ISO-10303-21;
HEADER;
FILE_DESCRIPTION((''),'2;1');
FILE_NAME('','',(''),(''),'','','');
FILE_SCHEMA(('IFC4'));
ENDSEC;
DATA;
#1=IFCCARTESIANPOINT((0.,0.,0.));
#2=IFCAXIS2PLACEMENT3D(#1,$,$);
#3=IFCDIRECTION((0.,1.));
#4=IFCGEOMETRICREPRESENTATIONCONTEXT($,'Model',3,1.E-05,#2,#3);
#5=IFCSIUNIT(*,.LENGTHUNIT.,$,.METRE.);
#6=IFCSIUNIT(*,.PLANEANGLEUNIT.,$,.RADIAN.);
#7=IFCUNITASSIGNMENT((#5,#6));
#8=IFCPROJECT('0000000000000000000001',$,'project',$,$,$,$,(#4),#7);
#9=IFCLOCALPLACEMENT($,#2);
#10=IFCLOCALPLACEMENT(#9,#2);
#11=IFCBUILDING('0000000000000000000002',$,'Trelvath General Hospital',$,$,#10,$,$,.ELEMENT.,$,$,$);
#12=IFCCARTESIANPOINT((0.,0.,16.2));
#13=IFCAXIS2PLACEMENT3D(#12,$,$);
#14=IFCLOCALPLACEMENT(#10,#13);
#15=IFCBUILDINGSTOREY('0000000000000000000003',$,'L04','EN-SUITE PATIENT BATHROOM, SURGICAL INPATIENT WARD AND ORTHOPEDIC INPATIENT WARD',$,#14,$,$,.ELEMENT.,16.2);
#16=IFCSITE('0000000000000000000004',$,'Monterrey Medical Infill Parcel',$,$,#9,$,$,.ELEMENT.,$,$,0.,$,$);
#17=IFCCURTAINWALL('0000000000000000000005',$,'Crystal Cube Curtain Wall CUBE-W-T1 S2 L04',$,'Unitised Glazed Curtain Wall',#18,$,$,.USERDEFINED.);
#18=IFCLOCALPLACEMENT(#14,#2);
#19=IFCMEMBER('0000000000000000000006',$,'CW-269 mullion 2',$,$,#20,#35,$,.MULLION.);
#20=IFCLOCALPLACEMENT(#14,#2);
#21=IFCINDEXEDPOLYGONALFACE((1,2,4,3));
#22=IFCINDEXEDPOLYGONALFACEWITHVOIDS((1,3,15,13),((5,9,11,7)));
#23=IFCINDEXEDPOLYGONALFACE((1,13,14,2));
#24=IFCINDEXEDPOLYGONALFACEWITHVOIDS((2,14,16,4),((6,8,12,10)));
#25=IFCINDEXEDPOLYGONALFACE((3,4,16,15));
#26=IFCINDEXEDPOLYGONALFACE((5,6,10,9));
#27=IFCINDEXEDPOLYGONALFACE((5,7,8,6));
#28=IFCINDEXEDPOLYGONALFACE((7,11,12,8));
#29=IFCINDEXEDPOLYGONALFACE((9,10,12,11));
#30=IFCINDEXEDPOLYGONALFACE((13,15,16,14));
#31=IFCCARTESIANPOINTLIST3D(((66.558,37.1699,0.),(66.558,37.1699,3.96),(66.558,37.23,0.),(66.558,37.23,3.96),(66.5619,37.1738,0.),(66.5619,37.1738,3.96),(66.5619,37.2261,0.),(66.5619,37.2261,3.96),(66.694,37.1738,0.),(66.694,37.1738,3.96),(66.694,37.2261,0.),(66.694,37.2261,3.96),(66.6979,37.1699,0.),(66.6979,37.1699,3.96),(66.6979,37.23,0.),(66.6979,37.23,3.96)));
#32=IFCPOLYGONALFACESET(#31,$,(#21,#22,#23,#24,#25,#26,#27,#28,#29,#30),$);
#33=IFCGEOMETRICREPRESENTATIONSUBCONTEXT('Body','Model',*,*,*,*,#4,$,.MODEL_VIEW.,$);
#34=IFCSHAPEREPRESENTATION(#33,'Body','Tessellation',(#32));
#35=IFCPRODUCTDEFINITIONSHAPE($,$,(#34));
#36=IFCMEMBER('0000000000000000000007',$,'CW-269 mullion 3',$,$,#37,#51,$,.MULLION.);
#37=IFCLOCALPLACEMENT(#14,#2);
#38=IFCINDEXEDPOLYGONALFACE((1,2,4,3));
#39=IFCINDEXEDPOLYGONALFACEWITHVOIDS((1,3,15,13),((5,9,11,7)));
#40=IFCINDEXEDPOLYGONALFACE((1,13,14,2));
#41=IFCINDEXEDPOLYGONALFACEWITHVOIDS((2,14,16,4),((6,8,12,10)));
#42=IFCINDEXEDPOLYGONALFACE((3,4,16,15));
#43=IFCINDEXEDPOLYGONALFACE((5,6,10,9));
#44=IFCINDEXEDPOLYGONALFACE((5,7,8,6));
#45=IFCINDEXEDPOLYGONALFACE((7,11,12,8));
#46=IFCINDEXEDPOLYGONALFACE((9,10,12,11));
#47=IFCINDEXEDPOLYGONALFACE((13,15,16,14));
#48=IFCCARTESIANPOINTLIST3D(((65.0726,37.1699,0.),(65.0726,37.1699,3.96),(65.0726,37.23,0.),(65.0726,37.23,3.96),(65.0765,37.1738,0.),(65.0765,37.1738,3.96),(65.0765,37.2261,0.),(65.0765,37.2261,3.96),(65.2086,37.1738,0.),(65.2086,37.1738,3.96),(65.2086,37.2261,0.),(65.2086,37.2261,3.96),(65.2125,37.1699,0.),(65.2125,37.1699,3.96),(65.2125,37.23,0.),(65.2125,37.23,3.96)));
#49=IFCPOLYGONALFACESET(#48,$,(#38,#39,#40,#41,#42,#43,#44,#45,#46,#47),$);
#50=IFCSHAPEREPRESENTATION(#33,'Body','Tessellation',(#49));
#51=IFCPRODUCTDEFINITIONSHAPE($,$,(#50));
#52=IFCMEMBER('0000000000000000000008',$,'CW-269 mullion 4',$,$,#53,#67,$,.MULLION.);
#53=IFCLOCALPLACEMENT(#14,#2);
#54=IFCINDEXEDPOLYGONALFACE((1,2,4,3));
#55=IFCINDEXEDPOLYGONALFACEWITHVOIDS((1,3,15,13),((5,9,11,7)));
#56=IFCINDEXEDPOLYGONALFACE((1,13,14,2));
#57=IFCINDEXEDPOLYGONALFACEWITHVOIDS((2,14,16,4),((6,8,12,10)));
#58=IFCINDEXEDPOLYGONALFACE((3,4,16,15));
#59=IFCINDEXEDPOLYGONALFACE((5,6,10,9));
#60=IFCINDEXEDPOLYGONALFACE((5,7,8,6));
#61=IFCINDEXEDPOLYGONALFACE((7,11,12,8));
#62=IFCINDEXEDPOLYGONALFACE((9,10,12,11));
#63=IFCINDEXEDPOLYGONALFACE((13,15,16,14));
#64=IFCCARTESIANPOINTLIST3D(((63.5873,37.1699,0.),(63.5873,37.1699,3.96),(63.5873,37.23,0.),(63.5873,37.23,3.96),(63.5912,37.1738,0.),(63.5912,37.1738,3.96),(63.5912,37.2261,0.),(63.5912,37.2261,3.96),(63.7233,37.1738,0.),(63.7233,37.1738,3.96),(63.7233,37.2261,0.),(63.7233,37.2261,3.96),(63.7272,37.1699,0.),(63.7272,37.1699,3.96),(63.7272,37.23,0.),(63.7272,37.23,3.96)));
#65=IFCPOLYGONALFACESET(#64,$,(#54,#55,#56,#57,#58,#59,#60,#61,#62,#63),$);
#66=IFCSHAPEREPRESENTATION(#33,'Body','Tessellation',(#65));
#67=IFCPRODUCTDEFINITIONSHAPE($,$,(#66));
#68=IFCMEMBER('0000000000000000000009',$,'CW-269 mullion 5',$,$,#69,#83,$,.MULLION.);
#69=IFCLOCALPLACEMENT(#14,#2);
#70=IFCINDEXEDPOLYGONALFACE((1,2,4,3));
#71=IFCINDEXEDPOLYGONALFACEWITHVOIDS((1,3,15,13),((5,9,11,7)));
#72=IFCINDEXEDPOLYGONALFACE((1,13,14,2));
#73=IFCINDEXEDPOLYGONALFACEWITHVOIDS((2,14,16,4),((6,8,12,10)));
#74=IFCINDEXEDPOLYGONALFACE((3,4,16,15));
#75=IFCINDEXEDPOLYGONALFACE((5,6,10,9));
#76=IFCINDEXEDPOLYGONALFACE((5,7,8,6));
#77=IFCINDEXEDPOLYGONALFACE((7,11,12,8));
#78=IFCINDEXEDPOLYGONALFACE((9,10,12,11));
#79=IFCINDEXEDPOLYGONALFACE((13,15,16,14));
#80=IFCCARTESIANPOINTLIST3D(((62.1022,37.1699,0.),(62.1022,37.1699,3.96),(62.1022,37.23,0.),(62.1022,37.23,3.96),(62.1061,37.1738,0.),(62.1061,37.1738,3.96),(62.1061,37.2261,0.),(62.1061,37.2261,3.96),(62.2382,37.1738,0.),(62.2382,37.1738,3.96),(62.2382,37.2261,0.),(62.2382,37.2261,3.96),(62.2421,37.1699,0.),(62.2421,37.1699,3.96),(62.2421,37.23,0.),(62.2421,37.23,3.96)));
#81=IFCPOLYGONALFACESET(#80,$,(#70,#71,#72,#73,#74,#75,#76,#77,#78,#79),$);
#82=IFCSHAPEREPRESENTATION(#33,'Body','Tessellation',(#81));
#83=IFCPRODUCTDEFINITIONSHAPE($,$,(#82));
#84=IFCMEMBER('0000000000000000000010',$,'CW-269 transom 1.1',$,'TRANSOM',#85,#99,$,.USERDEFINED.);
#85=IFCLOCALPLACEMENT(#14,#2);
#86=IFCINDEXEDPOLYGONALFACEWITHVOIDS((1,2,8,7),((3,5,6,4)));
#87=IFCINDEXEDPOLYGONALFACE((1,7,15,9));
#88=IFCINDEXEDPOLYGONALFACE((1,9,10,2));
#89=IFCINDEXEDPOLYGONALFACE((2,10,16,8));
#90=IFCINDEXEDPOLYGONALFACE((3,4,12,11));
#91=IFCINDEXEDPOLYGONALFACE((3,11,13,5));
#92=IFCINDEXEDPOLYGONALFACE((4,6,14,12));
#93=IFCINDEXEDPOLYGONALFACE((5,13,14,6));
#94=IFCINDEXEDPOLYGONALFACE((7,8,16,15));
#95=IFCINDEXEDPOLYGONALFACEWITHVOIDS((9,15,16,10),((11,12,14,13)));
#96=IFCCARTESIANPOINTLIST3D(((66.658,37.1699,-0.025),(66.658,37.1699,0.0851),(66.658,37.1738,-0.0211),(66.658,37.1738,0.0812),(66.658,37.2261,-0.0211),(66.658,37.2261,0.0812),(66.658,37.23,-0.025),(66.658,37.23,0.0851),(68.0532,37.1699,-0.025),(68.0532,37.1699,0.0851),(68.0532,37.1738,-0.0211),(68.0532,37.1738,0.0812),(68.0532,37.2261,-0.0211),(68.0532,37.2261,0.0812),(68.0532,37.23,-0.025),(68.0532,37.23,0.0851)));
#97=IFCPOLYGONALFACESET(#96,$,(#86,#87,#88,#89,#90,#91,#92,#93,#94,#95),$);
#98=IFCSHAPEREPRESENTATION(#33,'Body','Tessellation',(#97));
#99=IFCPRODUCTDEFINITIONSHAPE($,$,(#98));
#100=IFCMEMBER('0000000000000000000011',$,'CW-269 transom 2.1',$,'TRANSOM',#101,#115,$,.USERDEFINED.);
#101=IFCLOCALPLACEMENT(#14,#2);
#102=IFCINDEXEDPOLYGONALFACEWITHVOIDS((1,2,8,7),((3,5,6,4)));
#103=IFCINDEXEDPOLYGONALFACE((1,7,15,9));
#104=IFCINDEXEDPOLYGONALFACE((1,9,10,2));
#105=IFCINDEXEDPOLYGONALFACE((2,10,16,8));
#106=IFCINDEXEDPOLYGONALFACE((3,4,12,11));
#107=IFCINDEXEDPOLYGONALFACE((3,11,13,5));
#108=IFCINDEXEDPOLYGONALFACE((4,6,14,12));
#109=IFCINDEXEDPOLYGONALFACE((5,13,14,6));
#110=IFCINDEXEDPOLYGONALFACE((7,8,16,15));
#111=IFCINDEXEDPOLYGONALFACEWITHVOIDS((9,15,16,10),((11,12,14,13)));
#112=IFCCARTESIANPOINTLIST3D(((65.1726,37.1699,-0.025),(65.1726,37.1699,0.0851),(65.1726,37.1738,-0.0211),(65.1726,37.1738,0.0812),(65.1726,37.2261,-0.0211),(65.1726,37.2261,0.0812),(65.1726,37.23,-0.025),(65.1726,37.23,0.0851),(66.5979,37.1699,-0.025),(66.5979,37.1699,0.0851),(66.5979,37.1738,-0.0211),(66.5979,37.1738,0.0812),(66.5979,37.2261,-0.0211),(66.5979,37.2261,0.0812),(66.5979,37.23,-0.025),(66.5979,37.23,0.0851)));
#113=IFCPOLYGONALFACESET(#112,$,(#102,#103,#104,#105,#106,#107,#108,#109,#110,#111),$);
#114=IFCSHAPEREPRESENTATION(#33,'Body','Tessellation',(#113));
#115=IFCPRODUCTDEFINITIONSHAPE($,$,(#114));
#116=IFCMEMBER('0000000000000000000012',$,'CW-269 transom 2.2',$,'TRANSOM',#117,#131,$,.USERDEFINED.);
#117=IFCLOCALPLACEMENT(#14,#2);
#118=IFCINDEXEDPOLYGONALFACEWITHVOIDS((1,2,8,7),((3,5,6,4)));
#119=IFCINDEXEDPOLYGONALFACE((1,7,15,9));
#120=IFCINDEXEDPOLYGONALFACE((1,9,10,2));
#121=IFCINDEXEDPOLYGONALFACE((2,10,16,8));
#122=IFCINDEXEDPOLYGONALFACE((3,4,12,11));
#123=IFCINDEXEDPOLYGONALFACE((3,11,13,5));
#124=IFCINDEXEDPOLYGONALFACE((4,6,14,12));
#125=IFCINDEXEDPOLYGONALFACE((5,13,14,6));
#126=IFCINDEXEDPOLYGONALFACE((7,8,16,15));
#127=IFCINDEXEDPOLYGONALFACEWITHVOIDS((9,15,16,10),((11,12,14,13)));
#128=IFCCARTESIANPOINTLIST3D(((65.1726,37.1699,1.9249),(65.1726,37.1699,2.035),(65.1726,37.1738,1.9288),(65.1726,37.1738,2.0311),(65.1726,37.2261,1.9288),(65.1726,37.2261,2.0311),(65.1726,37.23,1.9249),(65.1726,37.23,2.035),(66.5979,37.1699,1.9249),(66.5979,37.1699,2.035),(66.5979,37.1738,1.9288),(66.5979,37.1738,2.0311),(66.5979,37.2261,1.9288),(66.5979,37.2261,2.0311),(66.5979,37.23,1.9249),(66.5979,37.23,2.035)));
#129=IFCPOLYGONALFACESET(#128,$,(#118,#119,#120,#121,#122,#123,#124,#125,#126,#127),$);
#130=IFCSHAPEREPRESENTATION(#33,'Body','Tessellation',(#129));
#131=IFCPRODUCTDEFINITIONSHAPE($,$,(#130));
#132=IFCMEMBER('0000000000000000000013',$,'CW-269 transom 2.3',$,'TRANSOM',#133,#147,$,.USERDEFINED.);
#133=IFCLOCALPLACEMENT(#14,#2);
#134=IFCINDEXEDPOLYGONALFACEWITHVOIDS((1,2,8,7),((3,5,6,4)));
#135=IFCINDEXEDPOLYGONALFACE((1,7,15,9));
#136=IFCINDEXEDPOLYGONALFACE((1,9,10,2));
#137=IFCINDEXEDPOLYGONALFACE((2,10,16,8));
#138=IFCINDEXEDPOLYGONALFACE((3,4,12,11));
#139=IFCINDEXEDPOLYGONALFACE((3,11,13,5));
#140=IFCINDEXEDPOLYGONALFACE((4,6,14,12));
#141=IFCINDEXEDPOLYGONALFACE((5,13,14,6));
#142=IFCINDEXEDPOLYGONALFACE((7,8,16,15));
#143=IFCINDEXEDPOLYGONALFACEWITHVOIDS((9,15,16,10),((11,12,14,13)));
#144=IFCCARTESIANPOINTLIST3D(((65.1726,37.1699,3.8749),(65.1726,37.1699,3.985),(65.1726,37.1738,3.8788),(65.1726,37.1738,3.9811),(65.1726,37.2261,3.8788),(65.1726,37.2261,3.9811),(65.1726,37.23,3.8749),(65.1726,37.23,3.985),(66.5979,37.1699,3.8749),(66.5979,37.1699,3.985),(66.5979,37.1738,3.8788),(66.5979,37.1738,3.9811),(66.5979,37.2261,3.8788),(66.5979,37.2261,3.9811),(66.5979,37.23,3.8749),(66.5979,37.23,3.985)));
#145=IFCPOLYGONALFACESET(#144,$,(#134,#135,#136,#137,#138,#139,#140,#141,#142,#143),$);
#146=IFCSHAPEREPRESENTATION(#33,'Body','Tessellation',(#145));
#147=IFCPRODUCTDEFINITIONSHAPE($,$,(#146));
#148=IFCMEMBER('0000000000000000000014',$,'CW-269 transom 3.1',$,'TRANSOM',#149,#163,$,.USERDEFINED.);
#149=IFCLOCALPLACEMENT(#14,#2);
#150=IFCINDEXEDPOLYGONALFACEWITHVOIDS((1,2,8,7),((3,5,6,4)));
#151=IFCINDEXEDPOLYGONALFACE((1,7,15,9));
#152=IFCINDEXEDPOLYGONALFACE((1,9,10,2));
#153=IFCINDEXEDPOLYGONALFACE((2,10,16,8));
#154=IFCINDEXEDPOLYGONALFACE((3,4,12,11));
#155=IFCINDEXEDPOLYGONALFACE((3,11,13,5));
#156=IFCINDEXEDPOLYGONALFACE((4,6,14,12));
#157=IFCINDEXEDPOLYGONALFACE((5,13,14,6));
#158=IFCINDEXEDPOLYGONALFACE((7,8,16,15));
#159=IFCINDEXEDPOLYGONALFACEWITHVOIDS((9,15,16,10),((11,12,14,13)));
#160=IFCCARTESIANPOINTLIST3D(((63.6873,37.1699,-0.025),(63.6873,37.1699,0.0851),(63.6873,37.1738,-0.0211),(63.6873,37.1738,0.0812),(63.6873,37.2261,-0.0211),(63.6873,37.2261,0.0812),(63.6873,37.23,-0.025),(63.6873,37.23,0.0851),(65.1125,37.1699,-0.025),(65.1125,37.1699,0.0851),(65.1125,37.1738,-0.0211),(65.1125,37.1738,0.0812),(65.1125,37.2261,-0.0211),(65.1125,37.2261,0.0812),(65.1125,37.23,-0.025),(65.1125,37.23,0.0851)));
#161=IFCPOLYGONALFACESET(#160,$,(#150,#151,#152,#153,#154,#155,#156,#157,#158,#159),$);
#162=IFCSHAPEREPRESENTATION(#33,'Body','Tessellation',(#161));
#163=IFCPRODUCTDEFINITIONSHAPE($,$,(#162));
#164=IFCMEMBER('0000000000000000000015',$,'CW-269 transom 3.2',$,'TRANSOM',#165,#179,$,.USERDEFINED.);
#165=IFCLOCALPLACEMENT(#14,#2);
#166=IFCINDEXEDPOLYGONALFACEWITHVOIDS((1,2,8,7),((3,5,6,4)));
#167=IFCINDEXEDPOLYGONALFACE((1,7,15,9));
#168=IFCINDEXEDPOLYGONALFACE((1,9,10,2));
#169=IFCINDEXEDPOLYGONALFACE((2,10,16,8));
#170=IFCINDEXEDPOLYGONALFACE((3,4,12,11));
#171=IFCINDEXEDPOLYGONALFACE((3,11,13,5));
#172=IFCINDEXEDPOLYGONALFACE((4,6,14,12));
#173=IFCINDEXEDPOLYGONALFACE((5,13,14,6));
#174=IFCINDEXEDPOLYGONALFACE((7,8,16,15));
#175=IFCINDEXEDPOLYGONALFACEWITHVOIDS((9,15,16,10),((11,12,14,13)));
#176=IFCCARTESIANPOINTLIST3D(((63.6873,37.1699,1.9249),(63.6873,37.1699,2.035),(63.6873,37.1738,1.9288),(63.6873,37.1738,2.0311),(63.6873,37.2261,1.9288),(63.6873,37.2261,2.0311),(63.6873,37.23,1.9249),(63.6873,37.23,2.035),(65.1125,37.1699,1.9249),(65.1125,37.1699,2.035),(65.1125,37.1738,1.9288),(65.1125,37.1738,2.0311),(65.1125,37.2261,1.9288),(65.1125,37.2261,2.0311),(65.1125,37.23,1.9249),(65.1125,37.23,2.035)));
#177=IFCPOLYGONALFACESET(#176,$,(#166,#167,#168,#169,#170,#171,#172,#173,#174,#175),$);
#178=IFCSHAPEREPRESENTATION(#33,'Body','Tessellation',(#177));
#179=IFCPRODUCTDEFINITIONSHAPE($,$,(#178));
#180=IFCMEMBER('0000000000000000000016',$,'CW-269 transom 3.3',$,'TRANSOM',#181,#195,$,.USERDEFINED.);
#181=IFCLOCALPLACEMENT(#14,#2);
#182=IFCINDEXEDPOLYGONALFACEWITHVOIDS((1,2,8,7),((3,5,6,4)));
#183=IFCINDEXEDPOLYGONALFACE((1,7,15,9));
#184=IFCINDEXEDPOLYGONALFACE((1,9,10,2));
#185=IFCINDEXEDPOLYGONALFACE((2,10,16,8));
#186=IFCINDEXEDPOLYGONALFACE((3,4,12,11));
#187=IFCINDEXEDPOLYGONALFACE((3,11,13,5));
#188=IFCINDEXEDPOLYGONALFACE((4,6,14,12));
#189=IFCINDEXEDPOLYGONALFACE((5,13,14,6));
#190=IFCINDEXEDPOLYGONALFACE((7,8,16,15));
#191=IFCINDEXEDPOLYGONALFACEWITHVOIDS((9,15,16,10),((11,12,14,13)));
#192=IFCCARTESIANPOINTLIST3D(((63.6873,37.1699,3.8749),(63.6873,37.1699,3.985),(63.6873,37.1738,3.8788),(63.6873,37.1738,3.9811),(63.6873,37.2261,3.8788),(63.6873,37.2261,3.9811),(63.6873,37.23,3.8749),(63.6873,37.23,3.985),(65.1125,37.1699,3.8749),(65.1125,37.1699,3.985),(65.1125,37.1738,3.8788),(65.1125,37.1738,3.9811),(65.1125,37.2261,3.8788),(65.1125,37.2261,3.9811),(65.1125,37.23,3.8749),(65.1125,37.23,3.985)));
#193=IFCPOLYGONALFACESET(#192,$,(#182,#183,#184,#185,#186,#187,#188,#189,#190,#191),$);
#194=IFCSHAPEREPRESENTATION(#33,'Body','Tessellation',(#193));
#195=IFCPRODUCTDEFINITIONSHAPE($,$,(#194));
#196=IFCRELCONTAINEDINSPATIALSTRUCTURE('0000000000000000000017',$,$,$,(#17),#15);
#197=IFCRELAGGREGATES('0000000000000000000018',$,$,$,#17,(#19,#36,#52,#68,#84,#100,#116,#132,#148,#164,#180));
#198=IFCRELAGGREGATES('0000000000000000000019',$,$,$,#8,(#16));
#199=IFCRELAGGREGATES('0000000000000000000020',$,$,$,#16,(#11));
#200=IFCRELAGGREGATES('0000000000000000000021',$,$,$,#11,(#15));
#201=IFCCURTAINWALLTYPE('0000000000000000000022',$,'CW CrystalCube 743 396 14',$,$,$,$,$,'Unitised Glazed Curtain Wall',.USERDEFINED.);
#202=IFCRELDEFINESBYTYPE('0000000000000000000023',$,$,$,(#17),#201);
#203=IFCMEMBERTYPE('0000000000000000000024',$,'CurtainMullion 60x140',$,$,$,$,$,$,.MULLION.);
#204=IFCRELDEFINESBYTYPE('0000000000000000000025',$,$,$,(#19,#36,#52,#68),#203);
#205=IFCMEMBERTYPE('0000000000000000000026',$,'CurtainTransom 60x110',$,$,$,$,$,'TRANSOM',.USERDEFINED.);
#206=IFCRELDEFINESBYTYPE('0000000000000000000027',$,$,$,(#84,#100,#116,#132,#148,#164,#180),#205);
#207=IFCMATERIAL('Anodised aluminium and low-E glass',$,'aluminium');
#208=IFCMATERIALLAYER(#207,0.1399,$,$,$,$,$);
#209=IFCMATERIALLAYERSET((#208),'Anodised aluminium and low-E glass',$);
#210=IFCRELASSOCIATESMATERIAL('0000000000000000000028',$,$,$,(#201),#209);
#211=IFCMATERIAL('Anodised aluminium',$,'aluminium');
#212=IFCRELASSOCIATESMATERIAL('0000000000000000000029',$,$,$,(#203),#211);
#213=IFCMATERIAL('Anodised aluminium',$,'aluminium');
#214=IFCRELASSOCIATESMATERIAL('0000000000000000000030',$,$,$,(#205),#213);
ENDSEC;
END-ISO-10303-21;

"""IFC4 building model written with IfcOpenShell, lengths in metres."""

from ifc_helpers import new_model, si_unit, direction, frame, origin, origin_2d, place, context, subcontext, project, spatial, hollow_rectangle, extrude, material, layer, layer_set, material_profile, profile_set, type_object, element, aggregate, save


model = new_model("IFC4")

# Units and contexts
model_context = context("Model", 3, precision=1e-05, world=origin(), true_north=direction((0.0, 1.0)))
body_context = subcontext(model_context, "Body", "Model", "MODEL_VIEW")
ifc_project = project(units=[si_unit("LENGTHUNIT", "METRE"), si_unit("PLANEANGLEUNIT", "RADIAN")], contexts=[model_context])

# Site, building, storey
site_placement = place(None, origin())
site = spatial("IfcSite", under=ifc_project, at=site_placement, Name="Monterrey Medical Infill Parcel", CompositionType="ELEMENT", RefElevation=0.0)
building_placement = place(site_placement, origin())
building = spatial("IfcBuilding", under=site, at=building_placement, Name="Trelvath General Hospital", CompositionType="ELEMENT")
storey_placement = place(building_placement, frame((0.0, 0.0, 16.2)))
storey = spatial("IfcBuildingStorey", under=building, at=storey_placement, Name="L04", Description="EN-SUITE PATIENT BATHROOM, SURGICAL INPATIENT WARD AND ORTHOPEDIC INPATIENT WARD", CompositionType="ELEMENT", Elevation=16.2)

# Curtain wall, members
ifc_material_1 = material(Name="Anodised aluminium and low-E glass", Category="aluminium")
ifc_layer_1 = layer(ifc_material_1, 0.1399)
ifc_layer_set_1 = layer_set([ifc_layer_1], Name="Anodised aluminium and low-E glass")
curtain_wall_type = type_object("IfcCurtainWallType", Name="CW CrystalCube 743 396 14", ElementType="Unitised Glazed Curtain Wall", PredefinedType="USERDEFINED", material=ifc_layer_set_1)
curtain_wall_placement = place(storey_placement, origin())
curtain_wall = element("IfcCurtainWall", 1, at=curtain_wall_placement, inside=storey, type_object=curtain_wall_type, Name="Crystal Cube Curtain Wall CUBE-W-T1 S2 L04", ObjectType="Unitised Glazed Curtain Wall", PredefinedType="USERDEFINED")
ifc_material_2 = material(Name="Anodised aluminium", Category="aluminium")
ifc_material_profile_1 = material_profile(ifc_material_2, hollow_rectangle(XDim=0.0601, YDim=0.1399, WallThickness=0.0039, at=origin_2d()), Name="RHS60x140x4")
ifc_profile_set_1 = profile_set([ifc_material_profile_1], Name="Anodised aluminium")
member_type_1 = type_object("IfcMemberType", Name="CurtainMullion 60x140", PredefinedType="MULLION", material=ifc_profile_set_1)
member_1_placement = place(storey_placement, frame((66.6279, 37.2, 0.0), z_axis=(0.0, 0.0, 1.0), x_axis=(0.0, -1.0, 0.0)))
member_1 = element("IfcMember", 2, at=member_1_placement, type_object=member_type_1, Name="CW-269 mullion 2", PredefinedType="MULLION", context=body_context, shape_type="SweptSolid", body=[
    extrude(hollow_rectangle(XDim=0.0601, YDim=0.1399, WallThickness=0.0039, at=origin_2d()), origin(), (0.0, 0.0, 1.0), 3.96),
])
member_2_placement = place(storey_placement, frame((65.1426, 37.2, 0.0), z_axis=(0.0, 0.0, 1.0), x_axis=(0.0, -1.0, 0.0)))
member_2 = element("IfcMember", 3, at=member_2_placement, type_object=member_type_1, Name="CW-269 mullion 3", PredefinedType="MULLION", context=body_context, shape_type="SweptSolid", body=[
    extrude(hollow_rectangle(XDim=0.0601, YDim=0.1399, WallThickness=0.0039, at=origin_2d()), origin(), (0.0, 0.0, 1.0), 3.96),
])
member_3_placement = place(storey_placement, frame((63.6572, 37.2, 0.0), z_axis=(0.0, 0.0, 1.0), x_axis=(0.0, -1.0, 0.0)))
member_3 = element("IfcMember", 4, at=member_3_placement, type_object=member_type_1, Name="CW-269 mullion 4", PredefinedType="MULLION", context=body_context, shape_type="SweptSolid", body=[
    extrude(hollow_rectangle(XDim=0.0601, YDim=0.1399, WallThickness=0.0039, at=origin_2d()), origin(), (0.0, 0.0, 1.0), 3.96),
])
member_4_placement = place(storey_placement, frame((62.1721, 37.2, 0.0), z_axis=(0.0, 0.0, 1.0), x_axis=(0.0, -1.0, 0.0)))
member_4 = element("IfcMember", 5, at=member_4_placement, type_object=member_type_1, Name="CW-269 mullion 5", PredefinedType="MULLION", context=body_context, shape_type="SweptSolid", body=[
    extrude(hollow_rectangle(XDim=0.0601, YDim=0.1399, WallThickness=0.0039, at=origin_2d()), origin(), (0.0, 0.0, 1.0), 3.96),
])
ifc_material_3 = material(Name="Anodised aluminium", Category="aluminium")
ifc_material_profile_2 = material_profile(ifc_material_3, hollow_rectangle(XDim=0.0601, YDim=0.1101, WallThickness=0.0039, at=origin_2d()), Name="RHS60x110x4")
ifc_profile_set_2 = profile_set([ifc_material_profile_2], Name="Anodised aluminium")
member_type_2 = type_object("IfcMemberType", Name="CurtainTransom 60x110", ElementType="TRANSOM", PredefinedType="USERDEFINED", material=ifc_profile_set_2)
member_5_placement = place(storey_placement, frame((68.0532, 37.2, 0.03), z_axis=(-1.0, 0.0, 0.0), x_axis=(0.0, -1.0, 0.0)))
member_5 = element("IfcMember", 6, at=member_5_placement, type_object=member_type_2, Name="CW-269 transom 1.1", ObjectType="TRANSOM", PredefinedType="USERDEFINED", context=body_context, shape_type="SweptSolid", body=[
    extrude(hollow_rectangle(XDim=0.0601, YDim=0.1101, WallThickness=0.0039, at=origin_2d()), origin(), (0.0, 0.0, 1.0), 1.3953),
])
member_6_placement = place(storey_placement, frame((66.5979, 37.2, 0.03), z_axis=(-1.0, 0.0, 0.0), x_axis=(0.0, -1.0, 0.0)))
member_6 = element("IfcMember", 7, at=member_6_placement, type_object=member_type_2, Name="CW-269 transom 2.1", ObjectType="TRANSOM", PredefinedType="USERDEFINED", context=body_context, shape_type="SweptSolid", body=[
    extrude(hollow_rectangle(XDim=0.0601, YDim=0.1101, WallThickness=0.0039, at=origin_2d()), origin(), (0.0, 0.0, 1.0), 1.4253),
])
member_7_placement = place(storey_placement, frame((66.5979, 37.2, 1.98), z_axis=(-1.0, 0.0, 0.0), x_axis=(0.0, -1.0, 0.0)))
member_7 = element("IfcMember", 8, at=member_7_placement, type_object=member_type_2, Name="CW-269 transom 2.2", ObjectType="TRANSOM", PredefinedType="USERDEFINED", context=body_context, shape_type="SweptSolid", body=[
    extrude(hollow_rectangle(XDim=0.0601, YDim=0.1101, WallThickness=0.0039, at=origin_2d()), origin(), (0.0, 0.0, 1.0), 1.4253),
])
member_8_placement = place(storey_placement, frame((66.5979, 37.2, 3.9299), z_axis=(-1.0, 0.0, 0.0), x_axis=(0.0, -1.0, 0.0)))
member_8 = element("IfcMember", 9, at=member_8_placement, type_object=member_type_2, Name="CW-269 transom 2.3", ObjectType="TRANSOM", PredefinedType="USERDEFINED", context=body_context, shape_type="SweptSolid", body=[
    extrude(hollow_rectangle(XDim=0.0601, YDim=0.1101, WallThickness=0.0039, at=origin_2d()), origin(), (0.0, 0.0, 1.0), 1.4253),
])
member_9_placement = place(storey_placement, frame((65.1125, 37.2, 0.03), z_axis=(-1.0, 0.0, 0.0), x_axis=(0.0, -1.0, 0.0)))
member_9 = element("IfcMember", 10, at=member_9_placement, type_object=member_type_2, Name="CW-269 transom 3.1", ObjectType="TRANSOM", PredefinedType="USERDEFINED", context=body_context, shape_type="SweptSolid", body=[
    extrude(hollow_rectangle(XDim=0.0601, YDim=0.1101, WallThickness=0.0039, at=origin_2d()), origin(), (0.0, 0.0, 1.0), 1.4253),
])
member_10_placement = place(storey_placement, frame((65.1125, 37.2, 1.98), z_axis=(-1.0, 0.0, 0.0), x_axis=(0.0, -1.0, 0.0)))
member_10 = element("IfcMember", 11, at=member_10_placement, type_object=member_type_2, Name="CW-269 transom 3.2", ObjectType="TRANSOM", PredefinedType="USERDEFINED", context=body_context, shape_type="SweptSolid", body=[
    extrude(hollow_rectangle(XDim=0.0601, YDim=0.1101, WallThickness=0.0039, at=origin_2d()), origin(), (0.0, 0.0, 1.0), 1.4253),
])
member_11_placement = place(storey_placement, frame((65.1125, 37.2, 3.9299), z_axis=(-1.0, 0.0, 0.0), x_axis=(0.0, -1.0, 0.0)))
member_11 = element("IfcMember", 12, at=member_11_placement, type_object=member_type_2, Name="CW-269 transom 3.3", ObjectType="TRANSOM", PredefinedType="USERDEFINED", context=body_context, shape_type="SweptSolid", body=[
    extrude(hollow_rectangle(XDim=0.0601, YDim=0.1101, WallThickness=0.0039, at=origin_2d()), origin(), (0.0, 0.0, 1.0), 1.4253),
])
aggregate(curtain_wall, [member_1, member_2, member_3, member_4, member_5, member_6, member_7, member_8, member_9, member_10, member_11])

save(model, "model.ifc")
